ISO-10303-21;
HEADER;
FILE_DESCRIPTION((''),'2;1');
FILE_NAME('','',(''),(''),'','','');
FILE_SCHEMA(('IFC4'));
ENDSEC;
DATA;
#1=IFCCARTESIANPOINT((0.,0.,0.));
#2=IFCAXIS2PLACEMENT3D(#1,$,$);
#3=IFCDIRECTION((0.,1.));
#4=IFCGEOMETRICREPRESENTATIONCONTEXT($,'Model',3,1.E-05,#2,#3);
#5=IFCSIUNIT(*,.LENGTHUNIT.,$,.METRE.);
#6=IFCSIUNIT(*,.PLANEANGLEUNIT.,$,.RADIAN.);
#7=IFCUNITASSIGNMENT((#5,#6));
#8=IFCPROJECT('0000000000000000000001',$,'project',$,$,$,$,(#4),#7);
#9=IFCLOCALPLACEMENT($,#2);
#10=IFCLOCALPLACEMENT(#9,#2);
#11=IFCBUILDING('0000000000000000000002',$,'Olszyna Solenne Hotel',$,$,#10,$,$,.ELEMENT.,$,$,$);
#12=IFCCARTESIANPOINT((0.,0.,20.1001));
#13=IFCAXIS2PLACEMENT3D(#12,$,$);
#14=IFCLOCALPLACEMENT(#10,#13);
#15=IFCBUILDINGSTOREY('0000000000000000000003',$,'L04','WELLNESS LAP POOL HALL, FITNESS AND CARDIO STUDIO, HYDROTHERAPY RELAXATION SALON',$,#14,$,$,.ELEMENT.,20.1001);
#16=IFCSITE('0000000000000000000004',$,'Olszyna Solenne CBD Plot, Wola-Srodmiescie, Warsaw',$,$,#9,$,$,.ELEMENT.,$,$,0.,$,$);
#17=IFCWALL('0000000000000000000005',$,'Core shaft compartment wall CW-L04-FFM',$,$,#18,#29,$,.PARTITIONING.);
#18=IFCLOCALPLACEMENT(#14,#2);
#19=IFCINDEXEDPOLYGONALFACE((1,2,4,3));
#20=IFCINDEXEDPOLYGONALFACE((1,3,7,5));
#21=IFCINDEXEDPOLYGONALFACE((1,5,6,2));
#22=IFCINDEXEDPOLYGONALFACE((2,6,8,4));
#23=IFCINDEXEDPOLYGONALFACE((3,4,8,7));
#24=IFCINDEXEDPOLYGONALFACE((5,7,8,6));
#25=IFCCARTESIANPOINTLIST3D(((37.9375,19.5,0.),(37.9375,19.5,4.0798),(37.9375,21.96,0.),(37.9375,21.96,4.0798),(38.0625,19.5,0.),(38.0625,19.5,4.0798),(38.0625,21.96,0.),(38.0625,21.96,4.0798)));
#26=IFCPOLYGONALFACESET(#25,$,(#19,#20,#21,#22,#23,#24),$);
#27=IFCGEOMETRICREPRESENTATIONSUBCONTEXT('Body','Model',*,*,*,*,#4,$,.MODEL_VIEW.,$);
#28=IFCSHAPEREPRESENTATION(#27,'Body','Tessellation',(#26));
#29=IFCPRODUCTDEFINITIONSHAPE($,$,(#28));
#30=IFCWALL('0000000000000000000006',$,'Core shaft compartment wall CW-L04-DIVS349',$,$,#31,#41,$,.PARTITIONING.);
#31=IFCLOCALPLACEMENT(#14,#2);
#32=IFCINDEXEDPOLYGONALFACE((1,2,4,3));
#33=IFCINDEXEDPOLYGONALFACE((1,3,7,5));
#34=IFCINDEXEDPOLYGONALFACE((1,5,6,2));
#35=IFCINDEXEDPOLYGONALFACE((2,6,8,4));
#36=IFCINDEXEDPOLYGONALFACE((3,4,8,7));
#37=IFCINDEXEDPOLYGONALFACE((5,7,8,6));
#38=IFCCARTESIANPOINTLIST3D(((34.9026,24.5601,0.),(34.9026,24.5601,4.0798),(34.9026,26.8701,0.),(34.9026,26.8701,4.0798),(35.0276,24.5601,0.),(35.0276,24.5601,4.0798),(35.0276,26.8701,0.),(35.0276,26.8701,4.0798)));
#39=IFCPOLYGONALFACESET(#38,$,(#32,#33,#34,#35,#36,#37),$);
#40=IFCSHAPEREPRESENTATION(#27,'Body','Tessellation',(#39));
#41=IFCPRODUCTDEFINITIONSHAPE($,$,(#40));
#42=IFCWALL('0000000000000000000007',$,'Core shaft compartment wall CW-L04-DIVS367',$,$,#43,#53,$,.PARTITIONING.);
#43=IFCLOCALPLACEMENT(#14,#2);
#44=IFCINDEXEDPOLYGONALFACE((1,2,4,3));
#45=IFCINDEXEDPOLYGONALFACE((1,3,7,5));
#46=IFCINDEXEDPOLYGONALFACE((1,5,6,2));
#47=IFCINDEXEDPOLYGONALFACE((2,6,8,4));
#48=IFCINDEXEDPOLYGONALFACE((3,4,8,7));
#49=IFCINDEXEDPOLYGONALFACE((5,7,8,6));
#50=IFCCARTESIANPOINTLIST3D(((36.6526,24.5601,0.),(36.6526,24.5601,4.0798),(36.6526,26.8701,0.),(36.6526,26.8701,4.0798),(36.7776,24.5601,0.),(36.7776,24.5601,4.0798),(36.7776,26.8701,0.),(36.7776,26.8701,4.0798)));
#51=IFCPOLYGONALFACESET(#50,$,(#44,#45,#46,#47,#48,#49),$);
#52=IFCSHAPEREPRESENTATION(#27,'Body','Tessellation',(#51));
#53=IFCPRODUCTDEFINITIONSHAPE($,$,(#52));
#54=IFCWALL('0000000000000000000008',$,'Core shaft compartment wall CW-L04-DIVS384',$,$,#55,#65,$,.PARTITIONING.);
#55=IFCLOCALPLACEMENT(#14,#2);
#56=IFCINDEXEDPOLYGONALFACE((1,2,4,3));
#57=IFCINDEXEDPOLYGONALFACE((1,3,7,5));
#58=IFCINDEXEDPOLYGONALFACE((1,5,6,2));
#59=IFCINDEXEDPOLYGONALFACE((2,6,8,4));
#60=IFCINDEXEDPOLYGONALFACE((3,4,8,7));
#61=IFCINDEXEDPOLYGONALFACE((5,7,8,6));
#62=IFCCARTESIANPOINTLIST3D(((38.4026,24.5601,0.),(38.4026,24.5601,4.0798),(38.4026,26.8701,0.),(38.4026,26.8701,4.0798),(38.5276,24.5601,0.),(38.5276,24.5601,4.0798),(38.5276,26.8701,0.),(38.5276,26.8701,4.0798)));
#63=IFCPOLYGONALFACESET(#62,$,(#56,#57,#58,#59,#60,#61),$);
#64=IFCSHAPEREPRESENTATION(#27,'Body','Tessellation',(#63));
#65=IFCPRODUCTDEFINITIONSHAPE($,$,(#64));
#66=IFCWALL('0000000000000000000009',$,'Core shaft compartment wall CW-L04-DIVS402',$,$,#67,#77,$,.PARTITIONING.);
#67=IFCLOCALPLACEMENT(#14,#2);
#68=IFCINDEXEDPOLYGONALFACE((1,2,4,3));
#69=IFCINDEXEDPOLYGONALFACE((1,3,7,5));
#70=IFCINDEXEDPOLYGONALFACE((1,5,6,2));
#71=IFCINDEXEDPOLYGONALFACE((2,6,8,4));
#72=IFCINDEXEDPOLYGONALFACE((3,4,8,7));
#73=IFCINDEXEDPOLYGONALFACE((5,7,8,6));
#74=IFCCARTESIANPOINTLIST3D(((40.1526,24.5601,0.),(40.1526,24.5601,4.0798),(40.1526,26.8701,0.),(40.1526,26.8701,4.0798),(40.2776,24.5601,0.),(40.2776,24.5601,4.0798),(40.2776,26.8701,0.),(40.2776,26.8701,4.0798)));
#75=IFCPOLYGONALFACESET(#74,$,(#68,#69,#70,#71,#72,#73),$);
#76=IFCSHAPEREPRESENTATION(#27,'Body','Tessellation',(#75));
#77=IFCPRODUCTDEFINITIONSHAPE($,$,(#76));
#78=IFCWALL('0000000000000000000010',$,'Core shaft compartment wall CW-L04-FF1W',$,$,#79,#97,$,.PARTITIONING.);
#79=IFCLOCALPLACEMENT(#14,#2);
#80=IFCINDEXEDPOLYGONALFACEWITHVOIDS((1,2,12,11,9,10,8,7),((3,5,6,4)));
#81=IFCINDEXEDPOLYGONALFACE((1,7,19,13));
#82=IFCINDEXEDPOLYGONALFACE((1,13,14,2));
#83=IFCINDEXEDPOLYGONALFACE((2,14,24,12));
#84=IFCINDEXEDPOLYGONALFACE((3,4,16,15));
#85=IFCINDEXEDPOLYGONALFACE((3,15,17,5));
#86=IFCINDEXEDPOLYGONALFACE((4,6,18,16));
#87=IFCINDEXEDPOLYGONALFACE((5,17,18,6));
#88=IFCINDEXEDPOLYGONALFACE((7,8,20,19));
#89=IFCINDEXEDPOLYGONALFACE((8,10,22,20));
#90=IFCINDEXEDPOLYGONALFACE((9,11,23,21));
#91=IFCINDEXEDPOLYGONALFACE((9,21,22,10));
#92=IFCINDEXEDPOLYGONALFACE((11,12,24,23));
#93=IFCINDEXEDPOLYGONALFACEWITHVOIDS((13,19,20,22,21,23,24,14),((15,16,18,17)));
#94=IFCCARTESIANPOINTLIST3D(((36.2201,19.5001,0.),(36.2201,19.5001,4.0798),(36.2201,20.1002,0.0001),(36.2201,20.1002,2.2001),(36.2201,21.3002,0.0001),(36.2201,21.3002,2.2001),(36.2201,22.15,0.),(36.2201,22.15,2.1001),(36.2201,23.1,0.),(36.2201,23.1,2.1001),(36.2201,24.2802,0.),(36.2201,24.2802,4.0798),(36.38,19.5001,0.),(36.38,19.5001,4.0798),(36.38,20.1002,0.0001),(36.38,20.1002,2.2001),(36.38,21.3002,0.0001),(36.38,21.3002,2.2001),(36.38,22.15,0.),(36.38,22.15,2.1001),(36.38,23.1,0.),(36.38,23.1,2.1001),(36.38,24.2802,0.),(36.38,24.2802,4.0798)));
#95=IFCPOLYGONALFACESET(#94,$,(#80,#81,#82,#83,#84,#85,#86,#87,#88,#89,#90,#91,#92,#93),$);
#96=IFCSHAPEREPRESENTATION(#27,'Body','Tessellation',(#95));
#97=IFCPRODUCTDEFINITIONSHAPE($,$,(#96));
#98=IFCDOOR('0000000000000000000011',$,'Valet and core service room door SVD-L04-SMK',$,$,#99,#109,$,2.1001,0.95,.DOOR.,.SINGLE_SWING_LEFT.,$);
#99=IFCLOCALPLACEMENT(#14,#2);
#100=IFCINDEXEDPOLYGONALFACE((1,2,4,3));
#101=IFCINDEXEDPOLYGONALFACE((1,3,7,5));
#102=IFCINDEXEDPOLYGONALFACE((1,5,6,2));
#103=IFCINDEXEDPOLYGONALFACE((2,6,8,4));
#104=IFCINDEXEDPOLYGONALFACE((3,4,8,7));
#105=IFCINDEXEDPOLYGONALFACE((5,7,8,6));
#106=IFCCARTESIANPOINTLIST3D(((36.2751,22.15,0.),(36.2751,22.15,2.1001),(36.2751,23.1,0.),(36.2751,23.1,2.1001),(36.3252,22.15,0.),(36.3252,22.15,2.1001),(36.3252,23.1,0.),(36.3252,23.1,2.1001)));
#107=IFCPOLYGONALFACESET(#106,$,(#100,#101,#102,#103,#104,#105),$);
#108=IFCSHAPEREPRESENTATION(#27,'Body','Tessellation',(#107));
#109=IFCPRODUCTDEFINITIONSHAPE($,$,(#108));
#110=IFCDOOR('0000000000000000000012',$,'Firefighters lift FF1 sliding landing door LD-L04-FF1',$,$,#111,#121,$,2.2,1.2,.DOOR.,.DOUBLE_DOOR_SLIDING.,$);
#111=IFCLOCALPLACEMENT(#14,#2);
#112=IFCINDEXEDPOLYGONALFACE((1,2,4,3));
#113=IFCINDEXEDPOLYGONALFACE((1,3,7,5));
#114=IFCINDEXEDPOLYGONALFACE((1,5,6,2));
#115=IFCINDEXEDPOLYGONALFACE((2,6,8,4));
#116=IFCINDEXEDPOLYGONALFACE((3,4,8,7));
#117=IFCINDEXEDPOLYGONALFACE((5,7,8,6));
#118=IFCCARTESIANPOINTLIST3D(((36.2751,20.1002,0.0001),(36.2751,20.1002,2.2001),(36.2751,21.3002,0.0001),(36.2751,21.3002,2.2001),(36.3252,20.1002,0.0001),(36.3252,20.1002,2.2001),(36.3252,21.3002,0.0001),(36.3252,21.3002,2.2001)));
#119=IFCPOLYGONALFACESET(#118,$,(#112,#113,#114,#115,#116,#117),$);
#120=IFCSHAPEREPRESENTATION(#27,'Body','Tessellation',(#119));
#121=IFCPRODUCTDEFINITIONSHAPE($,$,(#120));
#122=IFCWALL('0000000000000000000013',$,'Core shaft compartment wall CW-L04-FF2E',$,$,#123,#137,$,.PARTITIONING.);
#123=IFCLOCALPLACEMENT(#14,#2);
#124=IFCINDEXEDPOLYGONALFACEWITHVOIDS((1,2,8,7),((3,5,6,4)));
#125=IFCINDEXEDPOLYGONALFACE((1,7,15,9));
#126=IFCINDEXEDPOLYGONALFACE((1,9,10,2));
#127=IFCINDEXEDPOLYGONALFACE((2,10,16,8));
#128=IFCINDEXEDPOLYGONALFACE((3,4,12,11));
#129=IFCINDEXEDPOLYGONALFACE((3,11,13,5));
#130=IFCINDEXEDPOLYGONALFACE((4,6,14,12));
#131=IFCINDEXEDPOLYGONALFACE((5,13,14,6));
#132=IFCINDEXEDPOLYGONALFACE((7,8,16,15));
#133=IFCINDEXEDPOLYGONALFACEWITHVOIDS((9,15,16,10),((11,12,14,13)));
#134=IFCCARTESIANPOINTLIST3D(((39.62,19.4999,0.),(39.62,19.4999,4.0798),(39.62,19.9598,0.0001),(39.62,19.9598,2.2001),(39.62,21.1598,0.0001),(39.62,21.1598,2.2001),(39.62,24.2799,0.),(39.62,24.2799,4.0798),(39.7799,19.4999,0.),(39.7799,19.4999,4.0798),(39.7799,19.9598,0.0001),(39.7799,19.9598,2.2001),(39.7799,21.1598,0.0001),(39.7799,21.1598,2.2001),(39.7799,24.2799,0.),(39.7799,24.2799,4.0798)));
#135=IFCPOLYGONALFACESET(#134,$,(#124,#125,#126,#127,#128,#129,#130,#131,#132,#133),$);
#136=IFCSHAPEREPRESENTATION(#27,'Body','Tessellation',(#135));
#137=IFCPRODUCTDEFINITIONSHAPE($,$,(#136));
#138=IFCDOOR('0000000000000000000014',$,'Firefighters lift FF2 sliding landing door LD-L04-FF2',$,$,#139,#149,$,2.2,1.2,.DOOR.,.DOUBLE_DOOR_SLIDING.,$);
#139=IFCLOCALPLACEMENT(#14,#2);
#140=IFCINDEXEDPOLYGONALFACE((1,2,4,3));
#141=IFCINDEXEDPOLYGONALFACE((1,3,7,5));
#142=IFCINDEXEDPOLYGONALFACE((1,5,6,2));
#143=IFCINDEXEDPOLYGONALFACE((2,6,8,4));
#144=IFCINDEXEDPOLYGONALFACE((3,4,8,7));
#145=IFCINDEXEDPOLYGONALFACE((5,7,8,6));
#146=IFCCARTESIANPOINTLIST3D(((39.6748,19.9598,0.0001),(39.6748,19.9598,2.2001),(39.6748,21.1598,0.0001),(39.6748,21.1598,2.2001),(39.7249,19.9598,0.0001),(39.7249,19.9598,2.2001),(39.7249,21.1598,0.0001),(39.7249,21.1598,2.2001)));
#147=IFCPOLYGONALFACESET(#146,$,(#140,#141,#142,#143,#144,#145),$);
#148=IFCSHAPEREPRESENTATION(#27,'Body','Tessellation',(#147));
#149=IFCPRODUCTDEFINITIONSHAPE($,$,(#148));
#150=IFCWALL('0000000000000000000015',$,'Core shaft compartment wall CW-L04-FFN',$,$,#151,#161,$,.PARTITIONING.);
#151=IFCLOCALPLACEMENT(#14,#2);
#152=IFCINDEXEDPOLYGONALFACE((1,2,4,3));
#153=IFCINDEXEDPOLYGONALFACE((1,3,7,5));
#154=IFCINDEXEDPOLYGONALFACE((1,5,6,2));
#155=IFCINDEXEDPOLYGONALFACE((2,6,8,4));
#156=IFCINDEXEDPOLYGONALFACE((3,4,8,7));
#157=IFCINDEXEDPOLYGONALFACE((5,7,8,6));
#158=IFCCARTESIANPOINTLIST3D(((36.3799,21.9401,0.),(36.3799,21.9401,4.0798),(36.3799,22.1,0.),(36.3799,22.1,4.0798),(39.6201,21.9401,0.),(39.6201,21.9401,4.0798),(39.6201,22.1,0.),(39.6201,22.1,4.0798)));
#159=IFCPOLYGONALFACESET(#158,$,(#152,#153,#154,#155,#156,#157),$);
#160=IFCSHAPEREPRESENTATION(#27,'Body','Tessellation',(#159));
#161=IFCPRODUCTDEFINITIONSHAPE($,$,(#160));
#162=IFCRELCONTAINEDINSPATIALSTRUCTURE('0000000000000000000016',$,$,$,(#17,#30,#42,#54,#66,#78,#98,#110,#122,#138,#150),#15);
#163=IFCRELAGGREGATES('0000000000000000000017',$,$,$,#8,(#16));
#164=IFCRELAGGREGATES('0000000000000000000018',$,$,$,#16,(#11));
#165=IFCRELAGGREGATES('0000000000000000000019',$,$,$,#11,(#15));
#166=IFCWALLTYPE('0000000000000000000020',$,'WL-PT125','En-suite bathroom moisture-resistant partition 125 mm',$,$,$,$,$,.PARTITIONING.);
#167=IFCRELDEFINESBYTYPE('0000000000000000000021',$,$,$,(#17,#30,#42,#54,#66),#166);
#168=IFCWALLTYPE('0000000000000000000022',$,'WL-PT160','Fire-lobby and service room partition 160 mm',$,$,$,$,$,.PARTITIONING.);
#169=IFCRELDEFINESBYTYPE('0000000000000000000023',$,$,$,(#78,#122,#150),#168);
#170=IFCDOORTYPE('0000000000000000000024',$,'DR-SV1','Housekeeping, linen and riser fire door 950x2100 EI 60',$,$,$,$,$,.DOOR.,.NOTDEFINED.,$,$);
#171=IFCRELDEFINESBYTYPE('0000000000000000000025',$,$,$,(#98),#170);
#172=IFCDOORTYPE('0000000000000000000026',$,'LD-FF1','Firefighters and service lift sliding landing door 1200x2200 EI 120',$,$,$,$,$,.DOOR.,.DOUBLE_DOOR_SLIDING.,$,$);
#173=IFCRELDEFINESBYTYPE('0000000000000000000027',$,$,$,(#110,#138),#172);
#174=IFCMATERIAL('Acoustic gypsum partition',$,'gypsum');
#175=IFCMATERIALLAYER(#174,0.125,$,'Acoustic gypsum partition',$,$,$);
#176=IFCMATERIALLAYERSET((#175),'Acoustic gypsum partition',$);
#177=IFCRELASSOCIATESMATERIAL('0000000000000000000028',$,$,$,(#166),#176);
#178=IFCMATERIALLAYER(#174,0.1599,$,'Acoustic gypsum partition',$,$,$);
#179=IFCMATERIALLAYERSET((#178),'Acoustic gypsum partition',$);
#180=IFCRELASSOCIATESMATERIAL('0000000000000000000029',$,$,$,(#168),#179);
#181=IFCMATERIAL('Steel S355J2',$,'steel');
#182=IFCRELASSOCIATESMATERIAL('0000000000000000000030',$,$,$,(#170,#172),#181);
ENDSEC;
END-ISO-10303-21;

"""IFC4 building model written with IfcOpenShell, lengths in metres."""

from ifc_helpers import new_model, si_unit, direction, frame, frame_2d, origin, place, context, subcontext, project, spatial, rectangle, extrude, source, transform, mapped, material, layer, layer_set, type_object, type_shapes, element, fill, save


model = new_model("IFC4")

# Units and contexts
model_context = context("Model", 3, precision=1e-05, world=origin(), true_north=direction((0.0, 1.0)))
body_context = subcontext(model_context, "Body", "Model", "MODEL_VIEW")
ifc_project = project(units=[si_unit("LENGTHUNIT", "METRE"), si_unit("PLANEANGLEUNIT", "RADIAN")], contexts=[model_context])

# Site, building, storey
site_placement = place(None, origin())
site = spatial("IfcSite", under=ifc_project, at=site_placement, Name="Olszyna Solenne CBD Plot, Wola-Srodmiescie, Warsaw", CompositionType="ELEMENT", RefElevation=0.0)
building_placement = place(site_placement, origin())
building = spatial("IfcBuilding", under=site, at=building_placement, Name="Olszyna Solenne Hotel", CompositionType="ELEMENT")
storey_placement = place(building_placement, frame((0.0, 0.0, 20.1001)))
storey = spatial("IfcBuildingStorey", under=building, at=storey_placement, Name="L04", Description="WELLNESS LAP POOL HALL, FITNESS AND CARDIO STUDIO, HYDROTHERAPY RELAXATION SALON", CompositionType="ELEMENT", Elevation=20.1001)

# Walls
ifc_material_1 = material(Name="Acoustic gypsum partition", Category="gypsum")
ifc_layer_1 = layer(ifc_material_1, 0.125, Name="Acoustic gypsum partition")
ifc_layer_set_1 = layer_set([ifc_layer_1], Name="Acoustic gypsum partition")
wall_type_1 = type_object("IfcWallType", Name="WL-PT125", Description="En-suite bathroom moisture-resistant partition 125 mm", PredefinedType="PARTITIONING", material=ifc_layer_set_1)
wall_1_placement = place(storey_placement, frame((38.0, 19.5, 0.0), z_axis=(0.0, 0.0, 1.0), x_axis=(0.0, 1.0, 0.0)))
element("IfcWall", 1, at=wall_1_placement, inside=storey, type_object=wall_type_1, Name="Core shaft compartment wall CW-L04-FFM", PredefinedType="PARTITIONING", context=body_context, shape_type="SweptSolid", body=[
    extrude(rectangle(XDim=2.46, YDim=0.125, at=frame_2d((1.23, 0.0))), origin(), (0.0, 0.0, 1.0), 4.0798),
])
for number, where, z_axis, x_axis, name in (
    (2, (34.9651, 24.5601, 0.0), (0.0, 0.0, 1.0), (0.0, 1.0, 0.0), "Core shaft compartment wall CW-L04-DIVS349"),
    (3, (36.7151, 24.5601, 0.0), (0.0, 0.0, 1.0), (0.0, 1.0, 0.0), "Core shaft compartment wall CW-L04-DIVS367"),
    (4, (38.4651, 24.5601, 0.0), (0.0, 0.0, 1.0), (0.0, 1.0, 0.0), "Core shaft compartment wall CW-L04-DIVS384"),
    (5, (40.2151, 24.5601, 0.0), (0.0, 0.0, 1.0), (0.0, 1.0, 0.0), "Core shaft compartment wall CW-L04-DIVS402"),
):
    element("IfcWall", number, at=place(storey_placement, frame(where, z_axis=z_axis, x_axis=x_axis)), inside=storey, type_object=wall_type_1, Name=name, PredefinedType="PARTITIONING", context=body_context, shape_type="SweptSolid", body=[
        extrude(rectangle(XDim=2.3101, YDim=0.125, at=frame_2d((1.155, 0.0))), origin(), (0.0, 0.0, 1.0), 4.0798),
    ])

# Wall, openings, doors
ifc_layer_2 = layer(ifc_material_1, 0.1599, Name="Acoustic gypsum partition")
ifc_layer_set_2 = layer_set([ifc_layer_2], Name="Acoustic gypsum partition")
wall_type_2 = type_object("IfcWallType", Name="WL-PT160", Description="Fire-lobby and service room partition 160 mm", PredefinedType="PARTITIONING", material=ifc_layer_set_2)
wall_2_placement = place(storey_placement, frame((36.3, 19.5, 0.0), z_axis=(0.0, 0.0, 1.0), x_axis=(0.0, 1.0, 0.0)))
wall_2 = element("IfcWall", 6, at=wall_2_placement, inside=storey, type_object=wall_type_2, Name="Core shaft compartment wall CW-L04-FF1W", PredefinedType="PARTITIONING", context=body_context, shape_type="SweptSolid", body=[
    extrude(rectangle(XDim=4.78, YDim=0.1599, at=frame_2d((2.3901, 0.0))), origin(), (0.0, 0.0, 1.0), 4.0798),
])
opening_1_placement = place(wall_2_placement, frame((0.6001, 0.0, 0.0)))
opening_1 = element("IfcOpeningElement", 7, at=opening_1_placement, cuts=wall_2, PredefinedType="OPENING", context=body_context, shape_type="SweptSolid", body=[
    extrude(rectangle(XDim=1.2, YDim=2.2, at=frame_2d((0.6001, 1.1001))), frame((0.0, 0.0898, 0.0), z_axis=(0.0, -1.0, 0.0), x_axis=(1.0, 0.0, 0.0)), (0.0, 0.0, 1.0), 0.1799),
])
opening_2_placement = place(wall_2_placement, frame((2.6499, 0.0, 0.0)))
opening_2 = element("IfcOpeningElement", 8, at=opening_2_placement, cuts=wall_2, PredefinedType="OPENING", context=body_context, shape_type="SweptSolid", body=[
    extrude(rectangle(XDim=0.95, YDim=2.1001, at=frame_2d((0.4751, 1.05))), frame((0.0, 0.0898, 0.0), z_axis=(0.0, -1.0, 0.0), x_axis=(1.0, 0.0, 0.0)), (0.0, 0.0, 1.0), 0.1799),
])
ifc_material_2 = material(Name="Steel S355J2", Category="steel")
door_type_1 = type_object("IfcDoorType", Name="DR-SV1", Description="Housekeeping, linen and riser fire door 950x2100 EI 60", OperationType="NOTDEFINED", PredefinedType="DOOR", material=ifc_material_2)
shared_shape_1 = source(origin(), body_context, "Body", "SweptSolid", [
    extrude(rectangle(XDim=0.95, YDim=2.1001, at=frame_2d((0.4751, 1.05))), frame((0.0, 0.0249, 0.0), z_axis=(0.0, -1.0, 0.0), x_axis=(1.0, 0.0, 0.0)), (0.0, 0.0, 1.0), 0.05),
])
type_shapes(door_type_1, [shared_shape_1])
door_1_placement = place(opening_2_placement, origin())
door_1 = element("IfcDoor", 9, at=door_1_placement, inside=storey, type_object=door_type_1, Name="Valet and core service room door SVD-L04-SMK", OperationType="SINGLE_SWING_LEFT", OverallHeight=2.1001, OverallWidth=0.95, PredefinedType="DOOR", context=body_context, shape_type="MappedRepresentation", body=[
    mapped(shared_shape_1, transform((0.0, 0.0, 0.0), x_axis=(1.0, 0.0, 0.0), y_axis=(0.0, 1.0, 0.0), z_axis=(0.0, 0.0, 1.0), scale=1.0)),
])
fill(opening_2, door_1)
door_type_2 = type_object("IfcDoorType", Name="LD-FF1", Description="Firefighters and service lift sliding landing door 1200x2200 EI 120", OperationType="DOUBLE_DOOR_SLIDING", PredefinedType="DOOR", material=ifc_material_2)
shared_shape_2 = source(origin(), body_context, "Body", "SweptSolid", [
    extrude(rectangle(XDim=1.2, YDim=2.2, at=frame_2d((0.6001, 1.1001))), frame((0.0, 0.0249, 0.0), z_axis=(0.0, -1.0, 0.0), x_axis=(1.0, 0.0, 0.0)), (0.0, 0.0, 1.0), 0.05),
])
type_shapes(door_type_2, [shared_shape_2])
door_2_placement = place(opening_1_placement, origin())
door_2 = element("IfcDoor", 10, at=door_2_placement, inside=storey, type_object=door_type_2, Name="Firefighters lift FF1 sliding landing door LD-L04-FF1", OperationType="DOUBLE_DOOR_SLIDING", OverallHeight=2.2, OverallWidth=1.2, PredefinedType="DOOR", context=body_context, shape_type="MappedRepresentation", body=[
    mapped(shared_shape_2, transform((0.0, 0.0, 0.0), x_axis=(1.0, 0.0, 0.0), y_axis=(0.0, 1.0, 0.0), z_axis=(0.0, 0.0, 1.0), scale=1.0)),
])
fill(opening_1, door_2)

# Wall, opening, door
wall_3_placement = place(storey_placement, frame((39.7, 24.28, 0.0), z_axis=(0.0, 0.0, 1.0), x_axis=(0.0, -1.0, 0.0)))
wall_3 = element("IfcWall", 11, at=wall_3_placement, inside=storey, type_object=wall_type_2, Name="Core shaft compartment wall CW-L04-FF2E", PredefinedType="PARTITIONING", context=body_context, shape_type="SweptSolid", body=[
    extrude(rectangle(XDim=4.78, YDim=0.1599, at=frame_2d((2.3901, 0.0))), origin(), (0.0, 0.0, 1.0), 4.0798),
])
opening_3_placement = place(wall_3_placement, frame((3.1201, 0.0, 0.0)))
opening_3 = element("IfcOpeningElement", 12, at=opening_3_placement, cuts=wall_3, PredefinedType="OPENING", context=body_context, shape_type="SweptSolid", body=[
    extrude(rectangle(XDim=1.2, YDim=2.2, at=frame_2d((0.6001, 1.1001))), frame((0.0, 0.0898, 0.0), z_axis=(0.0, -1.0, 0.0), x_axis=(1.0, 0.0, 0.0)), (0.0, 0.0, 1.0), 0.1799),
])
door_3_placement = place(opening_3_placement, origin())
door_3 = element("IfcDoor", 13, at=door_3_placement, inside=storey, type_object=door_type_2, Name="Firefighters lift FF2 sliding landing door LD-L04-FF2", OperationType="DOUBLE_DOOR_SLIDING", OverallHeight=2.2, OverallWidth=1.2, PredefinedType="DOOR", context=body_context, shape_type="MappedRepresentation", body=[
    mapped(shared_shape_2, transform((0.0, 0.0, 0.0), x_axis=(1.0, 0.0, 0.0), y_axis=(0.0, 1.0, 0.0), z_axis=(0.0, 0.0, 1.0), scale=1.0)),
])
fill(opening_3, door_3)

# Wall
wall_4_placement = place(storey_placement, frame((36.3799, 22.02, 0.0), z_axis=(0.0, 0.0, 1.0), x_axis=(1.0, 0.0, 0.0)))
element("IfcWall", 14, at=wall_4_placement, inside=storey, type_object=wall_type_2, Name="Core shaft compartment wall CW-L04-FFN", PredefinedType="PARTITIONING", context=body_context, shape_type="SweptSolid", body=[
    extrude(rectangle(XDim=3.2402, YDim=0.1599, at=frame_2d((1.6201, 0.0))), origin(), (0.0, 0.0, 1.0), 4.0798),
])

save(model, "model.ifc")
